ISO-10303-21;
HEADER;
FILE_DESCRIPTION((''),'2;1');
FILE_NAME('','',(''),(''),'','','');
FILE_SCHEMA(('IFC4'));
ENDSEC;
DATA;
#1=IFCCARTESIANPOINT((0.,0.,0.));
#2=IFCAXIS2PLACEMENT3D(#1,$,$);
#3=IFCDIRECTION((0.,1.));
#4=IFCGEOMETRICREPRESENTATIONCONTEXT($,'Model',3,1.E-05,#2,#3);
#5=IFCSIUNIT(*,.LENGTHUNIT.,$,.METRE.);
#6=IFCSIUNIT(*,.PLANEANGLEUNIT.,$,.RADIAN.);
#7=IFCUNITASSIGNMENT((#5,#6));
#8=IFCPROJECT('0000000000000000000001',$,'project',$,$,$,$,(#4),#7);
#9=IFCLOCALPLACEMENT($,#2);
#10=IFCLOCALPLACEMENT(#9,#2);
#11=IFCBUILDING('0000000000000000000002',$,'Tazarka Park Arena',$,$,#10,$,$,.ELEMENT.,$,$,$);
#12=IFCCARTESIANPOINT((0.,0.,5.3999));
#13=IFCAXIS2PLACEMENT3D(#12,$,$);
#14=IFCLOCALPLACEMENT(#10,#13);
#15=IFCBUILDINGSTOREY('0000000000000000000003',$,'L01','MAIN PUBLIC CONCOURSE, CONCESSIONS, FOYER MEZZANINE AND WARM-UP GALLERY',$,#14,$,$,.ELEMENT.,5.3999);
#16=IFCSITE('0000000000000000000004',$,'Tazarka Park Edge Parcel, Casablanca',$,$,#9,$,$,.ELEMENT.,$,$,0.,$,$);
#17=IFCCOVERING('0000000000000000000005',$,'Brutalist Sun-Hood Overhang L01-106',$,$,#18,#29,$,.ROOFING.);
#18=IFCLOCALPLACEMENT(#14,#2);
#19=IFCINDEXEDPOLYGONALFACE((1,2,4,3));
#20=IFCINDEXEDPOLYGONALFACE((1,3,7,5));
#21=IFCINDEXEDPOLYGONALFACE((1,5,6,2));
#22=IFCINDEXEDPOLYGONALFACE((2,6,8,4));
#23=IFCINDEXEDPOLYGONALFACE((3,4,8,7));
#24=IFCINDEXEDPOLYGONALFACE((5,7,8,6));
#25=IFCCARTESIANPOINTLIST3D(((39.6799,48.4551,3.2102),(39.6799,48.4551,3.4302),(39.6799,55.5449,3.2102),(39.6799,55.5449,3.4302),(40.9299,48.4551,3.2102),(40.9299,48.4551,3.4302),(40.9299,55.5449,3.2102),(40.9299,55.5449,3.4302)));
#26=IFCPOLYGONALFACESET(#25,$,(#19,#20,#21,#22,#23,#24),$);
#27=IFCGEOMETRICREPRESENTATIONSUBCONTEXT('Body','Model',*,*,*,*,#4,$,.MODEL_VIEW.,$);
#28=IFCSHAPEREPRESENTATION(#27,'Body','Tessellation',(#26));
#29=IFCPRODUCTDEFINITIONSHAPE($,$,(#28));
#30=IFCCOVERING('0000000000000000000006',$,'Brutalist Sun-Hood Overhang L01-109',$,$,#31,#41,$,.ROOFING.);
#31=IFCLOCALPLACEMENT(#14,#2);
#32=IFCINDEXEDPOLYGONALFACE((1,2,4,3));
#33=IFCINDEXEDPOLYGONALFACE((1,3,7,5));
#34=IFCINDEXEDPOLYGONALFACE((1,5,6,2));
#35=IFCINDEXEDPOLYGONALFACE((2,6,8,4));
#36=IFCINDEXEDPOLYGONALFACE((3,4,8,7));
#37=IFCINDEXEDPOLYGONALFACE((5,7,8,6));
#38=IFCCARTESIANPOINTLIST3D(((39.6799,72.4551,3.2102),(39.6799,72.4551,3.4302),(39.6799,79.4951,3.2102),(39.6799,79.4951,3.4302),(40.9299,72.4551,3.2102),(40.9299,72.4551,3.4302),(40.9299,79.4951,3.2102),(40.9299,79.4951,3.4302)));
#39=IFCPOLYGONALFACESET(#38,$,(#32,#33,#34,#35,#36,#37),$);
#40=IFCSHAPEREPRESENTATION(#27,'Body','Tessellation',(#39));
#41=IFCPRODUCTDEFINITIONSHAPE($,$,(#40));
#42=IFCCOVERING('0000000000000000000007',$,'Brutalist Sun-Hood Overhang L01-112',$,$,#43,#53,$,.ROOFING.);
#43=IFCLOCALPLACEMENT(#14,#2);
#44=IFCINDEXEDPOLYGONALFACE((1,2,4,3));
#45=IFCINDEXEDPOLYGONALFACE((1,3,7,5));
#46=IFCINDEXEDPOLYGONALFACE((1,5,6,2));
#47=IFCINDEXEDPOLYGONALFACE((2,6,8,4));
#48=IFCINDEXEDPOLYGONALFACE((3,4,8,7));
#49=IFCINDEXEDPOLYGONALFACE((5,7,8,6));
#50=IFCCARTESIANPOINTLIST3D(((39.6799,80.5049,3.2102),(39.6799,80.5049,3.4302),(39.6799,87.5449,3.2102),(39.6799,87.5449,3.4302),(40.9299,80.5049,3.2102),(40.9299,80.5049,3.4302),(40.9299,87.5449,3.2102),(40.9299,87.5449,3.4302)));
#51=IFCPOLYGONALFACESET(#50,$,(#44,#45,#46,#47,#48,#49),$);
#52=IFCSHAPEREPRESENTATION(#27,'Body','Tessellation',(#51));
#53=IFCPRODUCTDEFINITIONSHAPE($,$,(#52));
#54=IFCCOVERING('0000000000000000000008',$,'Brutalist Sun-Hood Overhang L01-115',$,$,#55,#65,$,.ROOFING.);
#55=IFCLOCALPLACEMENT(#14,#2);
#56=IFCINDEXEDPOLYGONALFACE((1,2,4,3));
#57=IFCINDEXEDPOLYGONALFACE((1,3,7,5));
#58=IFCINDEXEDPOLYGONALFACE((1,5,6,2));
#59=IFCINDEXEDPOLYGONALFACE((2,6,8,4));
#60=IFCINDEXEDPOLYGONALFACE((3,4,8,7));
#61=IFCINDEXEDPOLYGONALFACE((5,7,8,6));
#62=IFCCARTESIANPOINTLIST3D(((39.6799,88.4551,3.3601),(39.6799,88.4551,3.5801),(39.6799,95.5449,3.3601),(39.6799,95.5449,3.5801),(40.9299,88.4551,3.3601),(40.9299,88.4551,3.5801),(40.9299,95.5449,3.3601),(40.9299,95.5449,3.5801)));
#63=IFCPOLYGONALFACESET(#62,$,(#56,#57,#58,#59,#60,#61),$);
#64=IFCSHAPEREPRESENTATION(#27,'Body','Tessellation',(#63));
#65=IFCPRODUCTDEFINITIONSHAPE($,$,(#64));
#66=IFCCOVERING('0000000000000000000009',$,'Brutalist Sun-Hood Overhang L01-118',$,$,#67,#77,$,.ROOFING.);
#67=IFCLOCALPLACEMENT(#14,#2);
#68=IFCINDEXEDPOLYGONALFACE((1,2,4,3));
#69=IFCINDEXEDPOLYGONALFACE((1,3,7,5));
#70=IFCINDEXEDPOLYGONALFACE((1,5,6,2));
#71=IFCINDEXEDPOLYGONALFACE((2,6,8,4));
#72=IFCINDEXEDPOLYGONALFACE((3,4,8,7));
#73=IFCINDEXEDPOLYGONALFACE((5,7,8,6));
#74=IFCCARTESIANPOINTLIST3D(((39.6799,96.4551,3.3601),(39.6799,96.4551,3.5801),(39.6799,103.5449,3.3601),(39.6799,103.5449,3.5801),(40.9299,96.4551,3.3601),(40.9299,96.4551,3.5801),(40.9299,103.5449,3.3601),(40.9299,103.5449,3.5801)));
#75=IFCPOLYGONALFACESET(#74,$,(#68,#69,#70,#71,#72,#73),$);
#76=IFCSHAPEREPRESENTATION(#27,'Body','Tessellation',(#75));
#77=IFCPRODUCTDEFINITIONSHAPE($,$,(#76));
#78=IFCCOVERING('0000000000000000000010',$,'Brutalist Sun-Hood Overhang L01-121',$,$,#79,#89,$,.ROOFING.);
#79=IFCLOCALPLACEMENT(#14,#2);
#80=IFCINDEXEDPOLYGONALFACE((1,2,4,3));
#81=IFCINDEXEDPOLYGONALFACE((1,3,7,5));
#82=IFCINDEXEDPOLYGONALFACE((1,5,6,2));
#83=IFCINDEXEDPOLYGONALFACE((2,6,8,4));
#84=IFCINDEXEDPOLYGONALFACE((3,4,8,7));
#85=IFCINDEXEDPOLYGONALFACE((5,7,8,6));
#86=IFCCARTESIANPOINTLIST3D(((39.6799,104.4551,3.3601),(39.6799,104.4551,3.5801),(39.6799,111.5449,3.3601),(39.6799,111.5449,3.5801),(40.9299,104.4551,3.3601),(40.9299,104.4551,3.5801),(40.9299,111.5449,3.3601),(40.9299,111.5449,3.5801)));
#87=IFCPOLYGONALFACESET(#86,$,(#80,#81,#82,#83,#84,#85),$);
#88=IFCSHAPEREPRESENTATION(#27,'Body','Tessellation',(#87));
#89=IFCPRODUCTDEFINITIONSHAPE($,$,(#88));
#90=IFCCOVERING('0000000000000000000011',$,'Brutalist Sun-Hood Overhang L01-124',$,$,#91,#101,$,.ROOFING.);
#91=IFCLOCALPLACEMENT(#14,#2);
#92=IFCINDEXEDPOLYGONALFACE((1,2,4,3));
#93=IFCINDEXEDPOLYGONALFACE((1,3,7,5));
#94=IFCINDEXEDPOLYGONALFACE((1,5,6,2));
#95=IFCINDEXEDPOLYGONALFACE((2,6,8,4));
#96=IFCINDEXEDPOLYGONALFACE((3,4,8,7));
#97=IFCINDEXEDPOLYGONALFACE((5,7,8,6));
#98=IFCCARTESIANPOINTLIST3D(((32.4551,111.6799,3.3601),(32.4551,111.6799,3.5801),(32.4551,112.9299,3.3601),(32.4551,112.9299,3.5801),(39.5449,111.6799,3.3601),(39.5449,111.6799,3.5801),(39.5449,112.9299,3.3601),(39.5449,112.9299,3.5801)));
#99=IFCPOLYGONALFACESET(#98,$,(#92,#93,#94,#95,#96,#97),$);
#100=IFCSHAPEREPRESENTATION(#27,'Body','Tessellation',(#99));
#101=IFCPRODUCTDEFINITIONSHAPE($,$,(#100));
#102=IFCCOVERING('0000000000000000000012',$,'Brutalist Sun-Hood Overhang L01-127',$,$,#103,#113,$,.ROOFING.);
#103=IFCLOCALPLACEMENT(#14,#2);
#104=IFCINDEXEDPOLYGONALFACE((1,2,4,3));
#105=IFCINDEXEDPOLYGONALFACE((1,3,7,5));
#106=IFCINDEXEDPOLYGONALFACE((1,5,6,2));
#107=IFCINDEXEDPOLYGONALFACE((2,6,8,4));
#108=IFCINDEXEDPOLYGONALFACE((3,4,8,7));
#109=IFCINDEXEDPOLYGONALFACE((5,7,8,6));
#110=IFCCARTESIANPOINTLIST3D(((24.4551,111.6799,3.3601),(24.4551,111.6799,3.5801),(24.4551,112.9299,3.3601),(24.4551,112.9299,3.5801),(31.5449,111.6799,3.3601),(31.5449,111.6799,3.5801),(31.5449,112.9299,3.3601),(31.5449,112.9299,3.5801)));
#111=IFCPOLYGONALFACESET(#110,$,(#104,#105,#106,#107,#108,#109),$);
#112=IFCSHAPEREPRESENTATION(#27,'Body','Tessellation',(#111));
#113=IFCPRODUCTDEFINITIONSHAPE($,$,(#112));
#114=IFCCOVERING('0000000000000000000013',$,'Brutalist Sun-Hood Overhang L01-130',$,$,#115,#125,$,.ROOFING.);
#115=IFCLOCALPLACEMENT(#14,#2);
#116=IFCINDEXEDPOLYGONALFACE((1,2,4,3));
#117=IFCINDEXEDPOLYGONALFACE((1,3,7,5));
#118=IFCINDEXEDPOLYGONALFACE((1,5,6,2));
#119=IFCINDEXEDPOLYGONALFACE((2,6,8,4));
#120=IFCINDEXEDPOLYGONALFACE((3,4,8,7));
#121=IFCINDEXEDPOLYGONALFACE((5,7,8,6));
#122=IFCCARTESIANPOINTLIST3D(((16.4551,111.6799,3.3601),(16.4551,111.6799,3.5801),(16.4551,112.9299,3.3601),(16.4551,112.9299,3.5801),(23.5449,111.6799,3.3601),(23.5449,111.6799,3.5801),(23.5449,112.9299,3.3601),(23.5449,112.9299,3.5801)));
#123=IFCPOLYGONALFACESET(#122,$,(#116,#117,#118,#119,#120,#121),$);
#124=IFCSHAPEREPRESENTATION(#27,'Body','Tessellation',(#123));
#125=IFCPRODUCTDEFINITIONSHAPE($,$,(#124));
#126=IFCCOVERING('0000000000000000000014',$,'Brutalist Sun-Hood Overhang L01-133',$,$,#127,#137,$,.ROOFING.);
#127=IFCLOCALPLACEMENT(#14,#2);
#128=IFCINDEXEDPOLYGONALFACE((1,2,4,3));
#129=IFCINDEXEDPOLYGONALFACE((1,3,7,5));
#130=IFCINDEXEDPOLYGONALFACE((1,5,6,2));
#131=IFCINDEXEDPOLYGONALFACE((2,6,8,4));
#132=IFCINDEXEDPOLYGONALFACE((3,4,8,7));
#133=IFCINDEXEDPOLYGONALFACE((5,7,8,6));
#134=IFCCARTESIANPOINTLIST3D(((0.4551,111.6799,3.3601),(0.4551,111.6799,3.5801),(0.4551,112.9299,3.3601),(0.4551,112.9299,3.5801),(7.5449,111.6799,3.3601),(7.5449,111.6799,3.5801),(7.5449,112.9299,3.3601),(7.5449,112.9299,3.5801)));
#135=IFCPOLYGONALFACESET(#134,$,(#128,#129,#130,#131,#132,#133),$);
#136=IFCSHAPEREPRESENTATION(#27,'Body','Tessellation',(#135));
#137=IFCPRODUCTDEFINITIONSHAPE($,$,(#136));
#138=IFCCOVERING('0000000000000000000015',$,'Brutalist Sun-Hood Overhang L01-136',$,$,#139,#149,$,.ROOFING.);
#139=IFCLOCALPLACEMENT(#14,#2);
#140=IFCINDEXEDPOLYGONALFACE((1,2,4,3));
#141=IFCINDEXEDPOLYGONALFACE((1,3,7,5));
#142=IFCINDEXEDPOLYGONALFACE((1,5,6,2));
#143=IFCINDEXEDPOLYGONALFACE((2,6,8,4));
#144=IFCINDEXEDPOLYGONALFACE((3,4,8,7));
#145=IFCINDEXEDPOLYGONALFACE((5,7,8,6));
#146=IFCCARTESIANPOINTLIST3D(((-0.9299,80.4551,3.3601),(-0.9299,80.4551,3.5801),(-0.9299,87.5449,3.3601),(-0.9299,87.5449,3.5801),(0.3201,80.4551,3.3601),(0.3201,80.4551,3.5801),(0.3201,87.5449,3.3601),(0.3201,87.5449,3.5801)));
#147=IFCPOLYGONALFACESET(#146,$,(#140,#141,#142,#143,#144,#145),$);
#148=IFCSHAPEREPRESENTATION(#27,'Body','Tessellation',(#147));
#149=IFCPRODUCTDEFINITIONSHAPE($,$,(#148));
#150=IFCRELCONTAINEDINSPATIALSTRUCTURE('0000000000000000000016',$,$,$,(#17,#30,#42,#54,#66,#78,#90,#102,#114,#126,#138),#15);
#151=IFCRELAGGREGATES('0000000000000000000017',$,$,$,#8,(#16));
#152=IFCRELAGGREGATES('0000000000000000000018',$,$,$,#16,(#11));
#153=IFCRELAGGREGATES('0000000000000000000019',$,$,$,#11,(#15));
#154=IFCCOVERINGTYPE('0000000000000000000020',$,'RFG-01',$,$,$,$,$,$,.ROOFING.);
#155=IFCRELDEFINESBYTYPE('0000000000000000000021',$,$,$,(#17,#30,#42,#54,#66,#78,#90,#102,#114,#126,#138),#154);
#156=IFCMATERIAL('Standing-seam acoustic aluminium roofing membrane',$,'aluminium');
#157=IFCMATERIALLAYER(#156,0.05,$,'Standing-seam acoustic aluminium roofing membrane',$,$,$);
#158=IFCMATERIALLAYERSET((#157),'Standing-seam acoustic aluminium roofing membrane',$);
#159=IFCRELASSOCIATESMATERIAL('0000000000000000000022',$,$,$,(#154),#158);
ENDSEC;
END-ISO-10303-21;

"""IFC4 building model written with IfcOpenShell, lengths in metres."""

from ifc_helpers import new_model, si_unit, direction, frame, origin, place, context, subcontext, project, spatial, polyline, outline, extrude, material, layer, layer_set, type_object, element, save


model = new_model("IFC4")

# Units and contexts
model_context = context("Model", 3, precision=1e-05, world=origin(), true_north=direction((0.0, 1.0)))
body_context = subcontext(model_context, "Body", "Model", "MODEL_VIEW")
ifc_project = project(units=[si_unit("LENGTHUNIT", "METRE"), si_unit("PLANEANGLEUNIT", "RADIAN")], contexts=[model_context])

# Site, building, storey
site_placement = place(None, origin())
site = spatial("IfcSite", under=ifc_project, at=site_placement, Name="Tazarka Park Edge Parcel, Casablanca", CompositionType="ELEMENT", RefElevation=0.0)
building_placement = place(site_placement, origin())
building = spatial("IfcBuilding", under=site, at=building_placement, Name="Tazarka Park Arena", CompositionType="ELEMENT")
storey_placement = place(building_placement, frame((0.0, 0.0, 5.3999)))
storey = spatial("IfcBuildingStorey", under=building, at=storey_placement, Name="L01", Description="MAIN PUBLIC CONCOURSE, CONCESSIONS, FOYER MEZZANINE AND WARM-UP GALLERY", CompositionType="ELEMENT", Elevation=5.3999)

# Coverings
ifc_material_1 = material(Name="Standing-seam acoustic aluminium roofing membrane", Category="aluminium")
ifc_layer_1 = layer(ifc_material_1, 0.05, Name="Standing-seam acoustic aluminium roofing membrane")
ifc_layer_set_1 = layer_set([ifc_layer_1], Name="Standing-seam acoustic aluminium roofing membrane")
covering_type = type_object("IfcCoveringType", Name="RFG-01", PredefinedType="ROOFING", material=ifc_layer_set_1)
covering_1_placement = place(storey_placement, frame((0.0, 0.0, 3.2102)))
element("IfcCovering", 1, at=covering_1_placement, inside=storey, type_object=covering_type, Name="Brutalist Sun-Hood Overhang L01-106", PredefinedType="ROOFING", context=body_context, shape_type="SweptSolid", body=[
    extrude(outline(polyline([(39.6799, 55.5449), (39.6799, 48.4551), (40.9299, 48.4551), (40.9299, 55.5449), (39.6799, 55.5449)])), origin(), (0.0, 0.0, 1.0), 0.22),
])
covering_2_placement = place(storey_placement, frame((0.0, 0.0, 3.2102)))
element("IfcCovering", 2, at=covering_2_placement, inside=storey, type_object=covering_type, Name="Brutalist Sun-Hood Overhang L01-109", PredefinedType="ROOFING", context=body_context, shape_type="SweptSolid", body=[
    extrude(outline(polyline([(39.6799, 79.4951), (39.6799, 72.4551), (40.9299, 72.4551), (40.9299, 79.4951), (39.6799, 79.4951)])), origin(), (0.0, 0.0, 1.0), 0.22),
])
covering_3_placement = place(storey_placement, frame((0.0, 0.0, 3.2102)))
element("IfcCovering", 3, at=covering_3_placement, inside=storey, type_object=covering_type, Name="Brutalist Sun-Hood Overhang L01-112", PredefinedType="ROOFING", context=body_context, shape_type="SweptSolid", body=[
    extrude(outline(polyline([(39.6799, 87.5449), (39.6799, 80.5049), (40.9299, 80.5049), (40.9299, 87.5449), (39.6799, 87.5449)])), origin(), (0.0, 0.0, 1.0), 0.22),
])
covering_4_placement = place(storey_placement, frame((0.0, 0.0, 3.3601)))
element("IfcCovering", 4, at=covering_4_placement, inside=storey, type_object=covering_type, Name="Brutalist Sun-Hood Overhang L01-115", PredefinedType="ROOFING", context=body_context, shape_type="SweptSolid", body=[
    extrude(outline(polyline([(39.6799, 95.5449), (39.6799, 88.4551), (40.9299, 88.4551), (40.9299, 95.5449), (39.6799, 95.5449)])), origin(), (0.0, 0.0, 1.0), 0.22),
])
covering_5_placement = place(storey_placement, frame((0.0, 0.0, 3.3601)))
element("IfcCovering", 5, at=covering_5_placement, inside=storey, type_object=covering_type, Name="Brutalist Sun-Hood Overhang L01-118", PredefinedType="ROOFING", context=body_context, shape_type="SweptSolid", body=[
    extrude(outline(polyline([(39.6799, 103.5449), (39.6799, 96.4551), (40.9299, 96.4551), (40.9299, 103.5449), (39.6799, 103.5449)])), origin(), (0.0, 0.0, 1.0), 0.22),
])
covering_6_placement = place(storey_placement, frame((0.0, 0.0, 3.3601)))
element("IfcCovering", 6, at=covering_6_placement, inside=storey, type_object=covering_type, Name="Brutalist Sun-Hood Overhang L01-121", PredefinedType="ROOFING", context=body_context, shape_type="SweptSolid", body=[
    extrude(outline(polyline([(39.6799, 111.5449), (39.6799, 104.4551), (40.9299, 104.4551), (40.9299, 111.5449), (39.6799, 111.5449)])), origin(), (0.0, 0.0, 1.0), 0.22),
])
covering_7_placement = place(storey_placement, frame((0.0, 0.0, 3.3601)))
element("IfcCovering", 7, at=covering_7_placement, inside=storey, type_object=covering_type, Name="Brutalist Sun-Hood Overhang L01-124", PredefinedType="ROOFING", context=body_context, shape_type="SweptSolid", body=[
    extrude(outline(polyline([(32.4551, 111.6799), (39.5449, 111.6799), (39.5449, 112.9299), (32.4551, 112.9299), (32.4551, 111.6799)])), origin(), (0.0, 0.0, 1.0), 0.22),
])
covering_8_placement = place(storey_placement, frame((0.0, 0.0, 3.3601)))
element("IfcCovering", 8, at=covering_8_placement, inside=storey, type_object=covering_type, Name="Brutalist Sun-Hood Overhang L01-127", PredefinedType="ROOFING", context=body_context, shape_type="SweptSolid", body=[
    extrude(outline(polyline([(24.4551, 111.6799), (31.5449, 111.6799), (31.5449, 112.9299), (24.4551, 112.9299), (24.4551, 111.6799)])), origin(), (0.0, 0.0, 1.0), 0.22),
])
covering_9_placement = place(storey_placement, frame((0.0, 0.0, 3.3601)))
element("IfcCovering", 9, at=covering_9_placement, inside=storey, type_object=covering_type, Name="Brutalist Sun-Hood Overhang L01-130", PredefinedType="ROOFING", context=body_context, shape_type="SweptSolid", body=[
    extrude(outline(polyline([(16.4551, 111.6799), (23.5449, 111.6799), (23.5449, 112.9299), (16.4551, 112.9299), (16.4551, 111.6799)])), origin(), (0.0, 0.0, 1.0), 0.22),
])
covering_10_placement = place(storey_placement, frame((0.0, 0.0, 3.3601)))
element("IfcCovering", 10, at=covering_10_placement, inside=storey, type_object=covering_type, Name="Brutalist Sun-Hood Overhang L01-133", PredefinedType="ROOFING", context=body_context, shape_type="SweptSolid", body=[
    extrude(outline(polyline([(0.4551, 111.6799), (7.5449, 111.6799), (7.5449, 112.9299), (0.4551, 112.9299), (0.4551, 111.6799)])), origin(), (0.0, 0.0, 1.0), 0.22),
])
covering_11_placement = place(storey_placement, frame((0.0, 0.0, 3.3601)))
element("IfcCovering", 11, at=covering_11_placement, inside=storey, type_object=covering_type, Name="Brutalist Sun-Hood Overhang L01-136", PredefinedType="ROOFING", context=body_context, shape_type="SweptSolid", body=[
    extrude(outline(polyline([(0.3201, 80.4551), (0.3201, 87.5449), (-0.9299, 87.5449), (-0.9299, 80.4551), (0.3201, 80.4551)])), origin(), (0.0, 0.0, 1.0), 0.22),
])

save(model, "model.ifc")
